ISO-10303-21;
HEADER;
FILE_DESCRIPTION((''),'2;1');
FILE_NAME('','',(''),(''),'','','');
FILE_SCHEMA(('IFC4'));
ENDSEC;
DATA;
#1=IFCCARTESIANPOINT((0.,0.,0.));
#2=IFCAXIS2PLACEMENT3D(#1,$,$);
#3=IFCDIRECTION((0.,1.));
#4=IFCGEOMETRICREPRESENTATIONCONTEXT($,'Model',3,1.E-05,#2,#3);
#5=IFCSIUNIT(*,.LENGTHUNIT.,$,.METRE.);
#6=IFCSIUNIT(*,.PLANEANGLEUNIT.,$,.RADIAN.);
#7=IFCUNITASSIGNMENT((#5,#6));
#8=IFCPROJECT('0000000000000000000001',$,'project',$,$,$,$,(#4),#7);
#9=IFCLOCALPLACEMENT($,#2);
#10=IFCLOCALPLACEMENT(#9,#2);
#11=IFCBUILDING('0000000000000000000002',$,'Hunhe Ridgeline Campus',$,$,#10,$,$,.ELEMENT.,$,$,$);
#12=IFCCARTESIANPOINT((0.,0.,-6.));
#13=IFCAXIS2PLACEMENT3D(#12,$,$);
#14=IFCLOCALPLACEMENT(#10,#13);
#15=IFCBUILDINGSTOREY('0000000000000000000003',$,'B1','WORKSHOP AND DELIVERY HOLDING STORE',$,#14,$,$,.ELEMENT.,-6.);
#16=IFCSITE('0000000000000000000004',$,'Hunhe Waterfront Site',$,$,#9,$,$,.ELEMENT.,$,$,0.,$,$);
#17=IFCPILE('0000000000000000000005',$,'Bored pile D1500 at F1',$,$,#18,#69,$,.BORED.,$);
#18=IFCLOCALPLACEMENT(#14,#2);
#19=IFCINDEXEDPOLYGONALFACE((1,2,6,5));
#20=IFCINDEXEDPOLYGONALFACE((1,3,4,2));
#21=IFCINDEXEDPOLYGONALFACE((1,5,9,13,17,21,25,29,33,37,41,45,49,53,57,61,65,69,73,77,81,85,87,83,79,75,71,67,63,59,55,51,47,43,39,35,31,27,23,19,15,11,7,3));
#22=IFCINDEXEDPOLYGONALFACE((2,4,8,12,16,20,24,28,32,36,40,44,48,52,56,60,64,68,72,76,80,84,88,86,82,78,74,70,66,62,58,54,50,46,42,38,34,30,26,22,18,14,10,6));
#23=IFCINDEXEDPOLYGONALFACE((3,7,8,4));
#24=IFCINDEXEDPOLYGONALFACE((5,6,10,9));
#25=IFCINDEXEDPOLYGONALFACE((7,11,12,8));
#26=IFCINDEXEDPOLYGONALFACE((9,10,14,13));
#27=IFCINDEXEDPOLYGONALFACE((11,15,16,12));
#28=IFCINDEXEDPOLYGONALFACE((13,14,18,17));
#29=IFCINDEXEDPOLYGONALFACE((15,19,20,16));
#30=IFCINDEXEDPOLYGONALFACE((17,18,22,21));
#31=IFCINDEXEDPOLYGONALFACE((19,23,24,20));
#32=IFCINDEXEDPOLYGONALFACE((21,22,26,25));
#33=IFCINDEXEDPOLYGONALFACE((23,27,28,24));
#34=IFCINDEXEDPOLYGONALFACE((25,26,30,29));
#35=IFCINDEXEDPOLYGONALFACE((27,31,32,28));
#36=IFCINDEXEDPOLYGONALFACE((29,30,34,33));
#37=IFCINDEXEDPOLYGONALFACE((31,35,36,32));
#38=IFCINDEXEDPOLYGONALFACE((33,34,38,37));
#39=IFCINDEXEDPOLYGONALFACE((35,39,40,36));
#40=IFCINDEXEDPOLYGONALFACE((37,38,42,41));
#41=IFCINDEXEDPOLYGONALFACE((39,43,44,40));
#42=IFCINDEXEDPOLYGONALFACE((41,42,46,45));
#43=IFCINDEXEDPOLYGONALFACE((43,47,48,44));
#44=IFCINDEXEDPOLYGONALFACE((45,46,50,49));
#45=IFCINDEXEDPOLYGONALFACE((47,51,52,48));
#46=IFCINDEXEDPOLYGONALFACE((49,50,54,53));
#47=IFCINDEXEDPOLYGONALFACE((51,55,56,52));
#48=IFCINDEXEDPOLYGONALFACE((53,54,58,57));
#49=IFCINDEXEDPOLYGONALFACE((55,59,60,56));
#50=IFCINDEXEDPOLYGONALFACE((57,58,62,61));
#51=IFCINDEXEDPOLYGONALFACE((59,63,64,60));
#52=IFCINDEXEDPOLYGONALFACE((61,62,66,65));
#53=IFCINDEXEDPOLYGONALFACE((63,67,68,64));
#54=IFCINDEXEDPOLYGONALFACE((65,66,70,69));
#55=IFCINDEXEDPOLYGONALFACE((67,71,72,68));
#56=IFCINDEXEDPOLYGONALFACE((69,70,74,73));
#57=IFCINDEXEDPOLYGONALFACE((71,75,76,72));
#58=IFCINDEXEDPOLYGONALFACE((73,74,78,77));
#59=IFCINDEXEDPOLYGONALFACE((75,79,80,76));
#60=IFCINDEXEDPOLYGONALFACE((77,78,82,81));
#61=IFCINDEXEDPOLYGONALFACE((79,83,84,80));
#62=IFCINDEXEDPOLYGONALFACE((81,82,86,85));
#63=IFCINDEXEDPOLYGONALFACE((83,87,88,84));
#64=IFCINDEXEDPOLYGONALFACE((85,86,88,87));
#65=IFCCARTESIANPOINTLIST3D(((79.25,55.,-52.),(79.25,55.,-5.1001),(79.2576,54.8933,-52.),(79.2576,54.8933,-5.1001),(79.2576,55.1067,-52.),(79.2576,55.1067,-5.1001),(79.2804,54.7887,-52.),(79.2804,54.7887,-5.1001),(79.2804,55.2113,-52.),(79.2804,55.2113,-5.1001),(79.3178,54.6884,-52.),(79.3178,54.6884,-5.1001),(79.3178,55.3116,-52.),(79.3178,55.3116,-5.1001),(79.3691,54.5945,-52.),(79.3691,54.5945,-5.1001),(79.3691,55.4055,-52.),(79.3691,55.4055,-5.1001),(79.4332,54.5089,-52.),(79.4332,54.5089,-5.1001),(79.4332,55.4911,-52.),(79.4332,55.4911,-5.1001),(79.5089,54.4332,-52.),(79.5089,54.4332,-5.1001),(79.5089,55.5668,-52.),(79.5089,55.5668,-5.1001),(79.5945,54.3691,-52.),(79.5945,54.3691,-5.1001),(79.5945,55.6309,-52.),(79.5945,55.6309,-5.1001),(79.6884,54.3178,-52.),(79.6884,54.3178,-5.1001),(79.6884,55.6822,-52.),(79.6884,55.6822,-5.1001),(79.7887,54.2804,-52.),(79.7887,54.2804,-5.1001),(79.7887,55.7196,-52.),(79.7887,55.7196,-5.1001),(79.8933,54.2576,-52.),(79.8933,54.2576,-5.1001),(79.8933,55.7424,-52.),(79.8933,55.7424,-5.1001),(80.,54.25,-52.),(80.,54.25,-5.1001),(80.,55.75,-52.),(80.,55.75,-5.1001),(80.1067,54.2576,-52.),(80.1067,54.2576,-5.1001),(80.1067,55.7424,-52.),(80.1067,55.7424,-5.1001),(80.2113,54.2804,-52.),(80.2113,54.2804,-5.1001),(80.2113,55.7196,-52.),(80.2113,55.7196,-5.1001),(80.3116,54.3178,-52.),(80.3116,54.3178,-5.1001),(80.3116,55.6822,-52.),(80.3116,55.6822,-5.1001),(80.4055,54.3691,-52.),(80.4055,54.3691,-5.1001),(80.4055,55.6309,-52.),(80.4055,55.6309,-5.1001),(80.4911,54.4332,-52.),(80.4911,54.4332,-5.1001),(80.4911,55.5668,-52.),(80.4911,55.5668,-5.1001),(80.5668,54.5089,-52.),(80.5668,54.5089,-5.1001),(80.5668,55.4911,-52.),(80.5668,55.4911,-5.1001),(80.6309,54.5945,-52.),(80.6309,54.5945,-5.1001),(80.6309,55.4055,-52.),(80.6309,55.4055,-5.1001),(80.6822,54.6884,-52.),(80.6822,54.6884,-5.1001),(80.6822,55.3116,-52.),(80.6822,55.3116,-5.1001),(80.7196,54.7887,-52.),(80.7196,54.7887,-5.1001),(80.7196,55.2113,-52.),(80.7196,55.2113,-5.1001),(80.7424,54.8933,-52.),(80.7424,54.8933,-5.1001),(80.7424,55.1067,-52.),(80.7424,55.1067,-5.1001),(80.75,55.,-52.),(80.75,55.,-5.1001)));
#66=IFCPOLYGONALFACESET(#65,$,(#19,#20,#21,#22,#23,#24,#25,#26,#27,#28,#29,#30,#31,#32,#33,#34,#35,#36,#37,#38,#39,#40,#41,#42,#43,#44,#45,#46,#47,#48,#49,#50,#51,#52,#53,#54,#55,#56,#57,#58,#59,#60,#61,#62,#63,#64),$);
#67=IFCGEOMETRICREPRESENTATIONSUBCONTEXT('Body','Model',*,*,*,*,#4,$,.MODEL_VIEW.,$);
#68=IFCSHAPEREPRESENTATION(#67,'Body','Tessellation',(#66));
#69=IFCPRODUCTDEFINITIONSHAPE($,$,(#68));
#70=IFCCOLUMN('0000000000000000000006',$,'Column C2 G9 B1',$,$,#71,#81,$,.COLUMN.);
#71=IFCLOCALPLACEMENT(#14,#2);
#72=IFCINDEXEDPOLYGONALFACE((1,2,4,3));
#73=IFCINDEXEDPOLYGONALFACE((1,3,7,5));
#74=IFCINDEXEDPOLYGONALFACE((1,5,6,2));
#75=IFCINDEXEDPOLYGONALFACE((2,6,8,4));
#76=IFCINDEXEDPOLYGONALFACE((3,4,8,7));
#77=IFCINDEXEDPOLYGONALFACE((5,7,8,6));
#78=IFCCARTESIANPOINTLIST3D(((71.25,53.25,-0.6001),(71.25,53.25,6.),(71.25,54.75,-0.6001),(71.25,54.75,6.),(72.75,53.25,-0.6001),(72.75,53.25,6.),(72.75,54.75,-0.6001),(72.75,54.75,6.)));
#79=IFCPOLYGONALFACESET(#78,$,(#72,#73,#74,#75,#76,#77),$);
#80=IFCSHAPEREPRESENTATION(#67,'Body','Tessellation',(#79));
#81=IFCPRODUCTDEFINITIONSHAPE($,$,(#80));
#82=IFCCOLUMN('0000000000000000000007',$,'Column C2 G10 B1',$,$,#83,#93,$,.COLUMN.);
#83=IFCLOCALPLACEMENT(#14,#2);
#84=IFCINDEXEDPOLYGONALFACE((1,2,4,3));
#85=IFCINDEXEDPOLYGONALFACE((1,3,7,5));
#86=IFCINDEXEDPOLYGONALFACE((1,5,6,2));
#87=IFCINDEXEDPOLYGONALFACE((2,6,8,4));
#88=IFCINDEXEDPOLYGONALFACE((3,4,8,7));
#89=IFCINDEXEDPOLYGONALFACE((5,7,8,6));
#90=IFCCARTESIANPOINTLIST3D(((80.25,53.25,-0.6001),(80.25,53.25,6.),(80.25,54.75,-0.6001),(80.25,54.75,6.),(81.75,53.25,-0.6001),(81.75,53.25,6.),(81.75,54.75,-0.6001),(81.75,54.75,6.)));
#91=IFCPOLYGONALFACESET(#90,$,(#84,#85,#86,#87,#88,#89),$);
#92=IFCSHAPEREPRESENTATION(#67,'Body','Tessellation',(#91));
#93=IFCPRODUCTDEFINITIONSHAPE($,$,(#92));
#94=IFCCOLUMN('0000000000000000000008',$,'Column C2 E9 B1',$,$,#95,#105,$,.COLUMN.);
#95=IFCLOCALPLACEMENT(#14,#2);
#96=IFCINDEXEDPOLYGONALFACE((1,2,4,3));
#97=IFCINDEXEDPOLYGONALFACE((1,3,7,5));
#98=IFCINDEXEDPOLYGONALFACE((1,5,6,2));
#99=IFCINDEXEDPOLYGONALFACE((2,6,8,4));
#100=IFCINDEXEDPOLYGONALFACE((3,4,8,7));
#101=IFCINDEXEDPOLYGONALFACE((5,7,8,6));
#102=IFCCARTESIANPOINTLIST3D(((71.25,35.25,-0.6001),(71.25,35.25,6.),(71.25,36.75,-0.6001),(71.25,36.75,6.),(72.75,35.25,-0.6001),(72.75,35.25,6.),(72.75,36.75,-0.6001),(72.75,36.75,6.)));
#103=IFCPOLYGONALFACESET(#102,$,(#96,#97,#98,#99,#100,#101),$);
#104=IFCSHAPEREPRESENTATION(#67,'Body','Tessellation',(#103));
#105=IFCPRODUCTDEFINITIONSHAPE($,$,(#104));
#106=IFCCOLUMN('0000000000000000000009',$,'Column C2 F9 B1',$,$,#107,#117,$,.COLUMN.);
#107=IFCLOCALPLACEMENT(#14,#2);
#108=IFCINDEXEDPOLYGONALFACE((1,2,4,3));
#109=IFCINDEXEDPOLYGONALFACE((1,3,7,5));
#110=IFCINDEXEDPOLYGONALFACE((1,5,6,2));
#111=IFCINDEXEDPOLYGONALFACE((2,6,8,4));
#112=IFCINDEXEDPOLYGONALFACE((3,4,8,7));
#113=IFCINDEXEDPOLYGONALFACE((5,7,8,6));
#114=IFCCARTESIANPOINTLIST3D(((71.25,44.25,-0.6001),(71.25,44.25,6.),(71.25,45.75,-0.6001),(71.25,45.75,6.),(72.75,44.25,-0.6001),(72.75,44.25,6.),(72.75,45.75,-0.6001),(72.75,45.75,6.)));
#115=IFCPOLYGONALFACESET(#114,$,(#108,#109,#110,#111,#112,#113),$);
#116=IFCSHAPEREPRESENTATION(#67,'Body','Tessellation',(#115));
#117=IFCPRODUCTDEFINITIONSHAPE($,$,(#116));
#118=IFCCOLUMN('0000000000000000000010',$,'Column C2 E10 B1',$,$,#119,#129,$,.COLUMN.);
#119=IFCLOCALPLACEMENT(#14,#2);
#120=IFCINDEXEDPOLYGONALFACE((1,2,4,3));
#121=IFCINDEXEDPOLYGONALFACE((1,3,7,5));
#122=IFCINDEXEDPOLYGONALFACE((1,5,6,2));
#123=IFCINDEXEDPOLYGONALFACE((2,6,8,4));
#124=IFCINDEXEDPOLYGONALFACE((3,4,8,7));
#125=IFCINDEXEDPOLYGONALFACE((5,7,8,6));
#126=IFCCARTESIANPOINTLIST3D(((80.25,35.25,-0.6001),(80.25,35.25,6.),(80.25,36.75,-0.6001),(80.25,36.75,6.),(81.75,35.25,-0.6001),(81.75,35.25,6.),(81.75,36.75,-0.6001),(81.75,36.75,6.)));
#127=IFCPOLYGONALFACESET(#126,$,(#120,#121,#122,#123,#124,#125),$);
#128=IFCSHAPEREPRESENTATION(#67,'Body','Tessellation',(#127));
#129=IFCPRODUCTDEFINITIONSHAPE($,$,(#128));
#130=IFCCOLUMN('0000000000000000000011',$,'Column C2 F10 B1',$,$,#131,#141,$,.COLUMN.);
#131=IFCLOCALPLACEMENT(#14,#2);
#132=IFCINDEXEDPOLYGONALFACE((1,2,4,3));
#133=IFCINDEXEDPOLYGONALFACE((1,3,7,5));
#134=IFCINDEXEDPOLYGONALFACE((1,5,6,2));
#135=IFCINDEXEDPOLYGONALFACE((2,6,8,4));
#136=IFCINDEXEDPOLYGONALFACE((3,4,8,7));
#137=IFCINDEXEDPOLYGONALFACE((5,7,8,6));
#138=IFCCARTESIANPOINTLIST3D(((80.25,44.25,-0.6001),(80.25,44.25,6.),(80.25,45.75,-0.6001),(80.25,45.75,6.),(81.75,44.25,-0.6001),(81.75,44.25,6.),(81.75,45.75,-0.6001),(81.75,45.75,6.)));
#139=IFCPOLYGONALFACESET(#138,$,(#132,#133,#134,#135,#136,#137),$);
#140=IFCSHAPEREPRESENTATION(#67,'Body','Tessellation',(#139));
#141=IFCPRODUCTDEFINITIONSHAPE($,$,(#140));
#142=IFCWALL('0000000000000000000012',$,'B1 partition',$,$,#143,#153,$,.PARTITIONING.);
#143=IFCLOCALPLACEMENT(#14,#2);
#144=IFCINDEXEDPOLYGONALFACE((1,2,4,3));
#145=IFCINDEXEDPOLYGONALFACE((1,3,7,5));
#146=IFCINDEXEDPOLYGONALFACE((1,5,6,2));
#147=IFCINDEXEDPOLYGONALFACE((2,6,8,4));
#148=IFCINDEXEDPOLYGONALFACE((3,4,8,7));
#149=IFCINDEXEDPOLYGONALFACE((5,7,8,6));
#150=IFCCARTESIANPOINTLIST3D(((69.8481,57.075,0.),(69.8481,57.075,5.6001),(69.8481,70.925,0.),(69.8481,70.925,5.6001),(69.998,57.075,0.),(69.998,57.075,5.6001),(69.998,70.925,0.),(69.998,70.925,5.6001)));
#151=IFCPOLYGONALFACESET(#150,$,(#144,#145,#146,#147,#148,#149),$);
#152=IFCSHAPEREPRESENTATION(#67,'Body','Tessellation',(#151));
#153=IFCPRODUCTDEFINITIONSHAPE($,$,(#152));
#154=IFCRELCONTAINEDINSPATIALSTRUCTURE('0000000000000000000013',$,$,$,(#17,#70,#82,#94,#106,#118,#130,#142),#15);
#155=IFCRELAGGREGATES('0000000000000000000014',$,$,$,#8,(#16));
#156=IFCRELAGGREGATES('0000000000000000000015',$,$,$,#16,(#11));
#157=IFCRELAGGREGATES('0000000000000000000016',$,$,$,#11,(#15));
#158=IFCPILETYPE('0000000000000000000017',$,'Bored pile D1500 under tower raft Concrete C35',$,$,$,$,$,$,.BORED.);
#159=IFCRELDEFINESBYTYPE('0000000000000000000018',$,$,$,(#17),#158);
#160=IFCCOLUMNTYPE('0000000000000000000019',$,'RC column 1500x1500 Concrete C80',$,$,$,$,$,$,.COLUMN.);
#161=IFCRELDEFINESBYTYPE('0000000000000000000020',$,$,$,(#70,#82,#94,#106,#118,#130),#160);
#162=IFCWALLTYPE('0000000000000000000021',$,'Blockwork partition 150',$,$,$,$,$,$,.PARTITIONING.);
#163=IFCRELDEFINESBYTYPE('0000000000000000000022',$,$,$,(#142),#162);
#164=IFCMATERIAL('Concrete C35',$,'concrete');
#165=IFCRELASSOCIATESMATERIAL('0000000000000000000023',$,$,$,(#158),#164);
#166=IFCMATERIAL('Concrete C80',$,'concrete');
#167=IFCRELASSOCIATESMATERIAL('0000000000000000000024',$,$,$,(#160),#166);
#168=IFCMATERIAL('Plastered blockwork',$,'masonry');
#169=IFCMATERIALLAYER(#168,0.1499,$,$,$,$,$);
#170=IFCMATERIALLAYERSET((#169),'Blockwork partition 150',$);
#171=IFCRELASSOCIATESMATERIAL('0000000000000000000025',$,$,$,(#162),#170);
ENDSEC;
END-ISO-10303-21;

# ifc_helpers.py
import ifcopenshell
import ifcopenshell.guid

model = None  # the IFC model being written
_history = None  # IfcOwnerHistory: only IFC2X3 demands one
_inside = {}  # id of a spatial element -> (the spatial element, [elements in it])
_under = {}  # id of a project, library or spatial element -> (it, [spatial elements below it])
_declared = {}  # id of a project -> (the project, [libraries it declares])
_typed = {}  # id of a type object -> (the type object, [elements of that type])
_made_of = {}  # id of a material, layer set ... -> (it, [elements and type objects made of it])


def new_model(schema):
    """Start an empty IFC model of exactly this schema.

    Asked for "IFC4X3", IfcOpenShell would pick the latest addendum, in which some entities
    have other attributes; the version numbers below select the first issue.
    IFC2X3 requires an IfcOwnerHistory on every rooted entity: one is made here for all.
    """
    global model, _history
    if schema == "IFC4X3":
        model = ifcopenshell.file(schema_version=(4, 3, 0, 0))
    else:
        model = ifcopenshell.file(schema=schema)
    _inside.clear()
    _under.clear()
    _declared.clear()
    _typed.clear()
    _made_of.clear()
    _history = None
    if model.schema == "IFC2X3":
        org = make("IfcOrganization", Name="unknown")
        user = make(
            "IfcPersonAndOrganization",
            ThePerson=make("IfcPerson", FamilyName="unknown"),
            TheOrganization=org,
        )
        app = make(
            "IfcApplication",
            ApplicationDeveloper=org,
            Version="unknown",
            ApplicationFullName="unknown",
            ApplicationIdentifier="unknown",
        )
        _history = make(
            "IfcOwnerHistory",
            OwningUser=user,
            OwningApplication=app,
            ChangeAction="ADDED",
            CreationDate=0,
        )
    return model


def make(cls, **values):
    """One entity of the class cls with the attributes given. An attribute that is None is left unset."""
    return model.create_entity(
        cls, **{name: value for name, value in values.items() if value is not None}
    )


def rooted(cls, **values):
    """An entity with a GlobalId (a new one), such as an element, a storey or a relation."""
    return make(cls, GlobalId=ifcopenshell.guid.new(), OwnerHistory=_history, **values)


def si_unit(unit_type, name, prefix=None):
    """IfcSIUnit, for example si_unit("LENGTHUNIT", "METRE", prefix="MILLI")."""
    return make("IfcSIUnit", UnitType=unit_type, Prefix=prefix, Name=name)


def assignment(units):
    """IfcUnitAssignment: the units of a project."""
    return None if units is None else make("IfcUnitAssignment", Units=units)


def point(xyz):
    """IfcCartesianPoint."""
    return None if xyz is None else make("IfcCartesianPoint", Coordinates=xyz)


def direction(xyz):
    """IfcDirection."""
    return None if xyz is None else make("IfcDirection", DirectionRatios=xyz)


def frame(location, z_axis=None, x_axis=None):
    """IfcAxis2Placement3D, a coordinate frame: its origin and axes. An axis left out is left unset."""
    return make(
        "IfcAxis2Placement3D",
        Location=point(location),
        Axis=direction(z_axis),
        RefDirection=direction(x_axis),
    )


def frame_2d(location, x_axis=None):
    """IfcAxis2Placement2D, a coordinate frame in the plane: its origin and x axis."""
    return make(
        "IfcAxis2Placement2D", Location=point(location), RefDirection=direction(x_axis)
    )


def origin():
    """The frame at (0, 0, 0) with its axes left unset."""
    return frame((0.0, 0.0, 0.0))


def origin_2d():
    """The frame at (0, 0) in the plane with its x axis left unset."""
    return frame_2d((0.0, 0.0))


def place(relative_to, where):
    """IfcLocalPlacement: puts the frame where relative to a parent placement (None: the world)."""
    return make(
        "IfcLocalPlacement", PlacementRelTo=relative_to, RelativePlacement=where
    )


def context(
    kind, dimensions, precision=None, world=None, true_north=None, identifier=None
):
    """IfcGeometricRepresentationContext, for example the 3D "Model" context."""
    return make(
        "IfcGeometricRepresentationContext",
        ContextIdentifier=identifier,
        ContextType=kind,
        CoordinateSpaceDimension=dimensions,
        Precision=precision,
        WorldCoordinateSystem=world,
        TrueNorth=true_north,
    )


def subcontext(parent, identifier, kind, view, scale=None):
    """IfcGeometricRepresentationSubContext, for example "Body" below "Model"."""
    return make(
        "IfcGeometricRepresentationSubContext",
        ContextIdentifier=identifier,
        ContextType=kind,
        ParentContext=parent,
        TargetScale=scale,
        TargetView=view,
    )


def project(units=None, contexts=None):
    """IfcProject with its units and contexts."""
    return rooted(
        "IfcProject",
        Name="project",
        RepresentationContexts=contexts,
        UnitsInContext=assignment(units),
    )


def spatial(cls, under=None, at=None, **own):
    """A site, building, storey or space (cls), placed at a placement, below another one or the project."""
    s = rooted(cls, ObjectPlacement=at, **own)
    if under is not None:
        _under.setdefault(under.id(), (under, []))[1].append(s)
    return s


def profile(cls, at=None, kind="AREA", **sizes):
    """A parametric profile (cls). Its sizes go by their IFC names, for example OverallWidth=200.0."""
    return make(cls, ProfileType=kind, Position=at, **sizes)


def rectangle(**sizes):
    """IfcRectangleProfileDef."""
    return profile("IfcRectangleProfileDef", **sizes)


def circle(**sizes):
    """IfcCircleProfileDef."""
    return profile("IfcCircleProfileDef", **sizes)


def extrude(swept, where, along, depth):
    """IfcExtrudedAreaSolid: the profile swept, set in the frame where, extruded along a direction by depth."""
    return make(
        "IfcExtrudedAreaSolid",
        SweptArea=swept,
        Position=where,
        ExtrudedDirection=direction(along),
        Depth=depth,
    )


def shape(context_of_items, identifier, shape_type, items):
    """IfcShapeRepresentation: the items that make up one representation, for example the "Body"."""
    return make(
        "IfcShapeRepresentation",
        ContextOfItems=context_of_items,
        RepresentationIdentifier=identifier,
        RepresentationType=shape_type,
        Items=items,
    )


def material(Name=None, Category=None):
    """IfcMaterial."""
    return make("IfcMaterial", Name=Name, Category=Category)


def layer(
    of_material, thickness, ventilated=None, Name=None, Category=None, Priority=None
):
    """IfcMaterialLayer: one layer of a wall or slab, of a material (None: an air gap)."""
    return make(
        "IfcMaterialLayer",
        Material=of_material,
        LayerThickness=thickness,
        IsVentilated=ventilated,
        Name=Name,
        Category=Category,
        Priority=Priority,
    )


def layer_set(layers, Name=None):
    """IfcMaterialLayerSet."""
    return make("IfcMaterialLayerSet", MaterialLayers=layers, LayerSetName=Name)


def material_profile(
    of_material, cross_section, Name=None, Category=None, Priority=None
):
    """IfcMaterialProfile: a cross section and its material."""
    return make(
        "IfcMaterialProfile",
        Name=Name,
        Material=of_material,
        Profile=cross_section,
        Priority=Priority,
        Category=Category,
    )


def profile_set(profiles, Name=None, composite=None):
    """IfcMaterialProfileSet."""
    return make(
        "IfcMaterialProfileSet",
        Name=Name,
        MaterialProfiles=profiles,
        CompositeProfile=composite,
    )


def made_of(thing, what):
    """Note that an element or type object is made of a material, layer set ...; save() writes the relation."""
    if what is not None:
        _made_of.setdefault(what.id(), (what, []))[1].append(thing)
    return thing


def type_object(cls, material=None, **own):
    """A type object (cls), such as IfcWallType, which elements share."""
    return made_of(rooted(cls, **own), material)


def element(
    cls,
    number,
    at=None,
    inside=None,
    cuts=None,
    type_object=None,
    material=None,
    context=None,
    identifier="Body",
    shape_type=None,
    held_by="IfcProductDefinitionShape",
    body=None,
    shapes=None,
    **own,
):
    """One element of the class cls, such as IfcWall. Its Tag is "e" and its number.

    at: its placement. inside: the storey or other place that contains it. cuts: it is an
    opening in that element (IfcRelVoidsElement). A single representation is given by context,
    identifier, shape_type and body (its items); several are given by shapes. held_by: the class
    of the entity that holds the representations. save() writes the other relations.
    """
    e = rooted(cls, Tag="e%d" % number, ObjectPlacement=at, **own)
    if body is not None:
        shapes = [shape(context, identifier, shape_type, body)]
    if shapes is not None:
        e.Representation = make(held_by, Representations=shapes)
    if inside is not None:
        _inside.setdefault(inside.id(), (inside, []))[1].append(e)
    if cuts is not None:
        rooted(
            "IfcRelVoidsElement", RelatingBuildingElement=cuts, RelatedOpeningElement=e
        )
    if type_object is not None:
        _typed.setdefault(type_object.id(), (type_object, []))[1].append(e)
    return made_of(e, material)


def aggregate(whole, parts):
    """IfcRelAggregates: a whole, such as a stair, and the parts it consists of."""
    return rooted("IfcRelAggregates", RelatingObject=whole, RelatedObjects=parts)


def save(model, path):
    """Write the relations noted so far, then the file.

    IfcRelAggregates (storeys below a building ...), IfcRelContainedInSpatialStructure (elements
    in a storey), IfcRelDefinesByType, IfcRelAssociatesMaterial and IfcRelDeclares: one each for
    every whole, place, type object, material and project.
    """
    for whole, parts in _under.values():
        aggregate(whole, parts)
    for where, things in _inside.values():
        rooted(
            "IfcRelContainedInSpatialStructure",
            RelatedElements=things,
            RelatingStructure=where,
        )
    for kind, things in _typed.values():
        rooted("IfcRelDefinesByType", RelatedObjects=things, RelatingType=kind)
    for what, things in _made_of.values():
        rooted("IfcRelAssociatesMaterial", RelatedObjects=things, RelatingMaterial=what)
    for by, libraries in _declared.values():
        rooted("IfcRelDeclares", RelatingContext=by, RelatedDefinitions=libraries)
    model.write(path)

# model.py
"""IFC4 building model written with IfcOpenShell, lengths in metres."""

from ifc_helpers import new_model, si_unit, direction, frame, frame_2d, origin, origin_2d, place, context, subcontext, project, spatial, rectangle, circle, extrude, material, layer, layer_set, material_profile, profile_set, type_object, element, save


model = new_model("IFC4")

# Units and contexts
model_context = context("Model", 3, precision=1e-05, world=origin(), true_north=direction((0.0, 1.0)))
body_context = subcontext(model_context, "Body", "Model", "MODEL_VIEW")
ifc_project = project(units=[si_unit("LENGTHUNIT", "METRE"), si_unit("PLANEANGLEUNIT", "RADIAN")], contexts=[model_context])

# Site, building, storey
site_placement = place(None, origin())
site = spatial("IfcSite", under=ifc_project, at=site_placement, Name="Hunhe Waterfront Site", CompositionType="ELEMENT", RefElevation=0.0)
building_placement = place(site_placement, origin())
building = spatial("IfcBuilding", under=site, at=building_placement, Name="Hunhe Ridgeline Campus", CompositionType="ELEMENT")
storey_placement = place(building_placement, frame((0.0, 0.0, -6.0)))
storey = spatial("IfcBuildingStorey", under=building, at=storey_placement, Name="B1", Description="WORKSHOP AND DELIVERY HOLDING STORE", CompositionType="ELEMENT", Elevation=-6.0)

# Pile
ifc_material_1 = material(Name="Concrete C35", Category="concrete")
ifc_material_profile_1 = material_profile(ifc_material_1, circle(Radius=0.75, at=origin_2d()))
ifc_profile_set_1 = profile_set([ifc_material_profile_1], Name="Concrete C35")
pile_type_1 = type_object("IfcPileType", Name="Bored pile D1500 under tower raft Concrete C35", PredefinedType="BORED", material=ifc_profile_set_1)
for number, where, z_axis, x_axis, name in (
    (1, (80.0, 55.0, -5.1001), (0.0, 0.0, -1.0), (1.0, 0.0, 0.0), "Bored pile D1500 at F1"),
):
    element("IfcPile", number, at=place(storey_placement, frame(where, z_axis=z_axis, x_axis=x_axis)), inside=storey, type_object=pile_type_1, Name=name, PredefinedType="BORED", context=body_context, shape_type="SweptSolid", body=[
        extrude(circle(Radius=0.75, at=origin_2d()), origin(), (0.0, 0.0, 1.0), 46.8999),
    ])

# Columns
ifc_material_2 = material(Name="Concrete C80", Category="concrete")
ifc_material_profile_2 = material_profile(ifc_material_2, rectangle(XDim=1.5, YDim=1.5, at=origin_2d()))
ifc_profile_set_2 = profile_set([ifc_material_profile_2], Name="Concrete C80")
column_type = type_object("IfcColumnType", Name="RC column 1500x1500 Concrete C80", PredefinedType="COLUMN", material=ifc_profile_set_2)
for number, where, z_axis, x_axis, name in (
    (2, (72.0, 54.0, -0.6001), (0.0, 0.0, 1.0), (1.0, 0.0, 0.0), "Column C2 G9 B1"),
    (3, (81.0, 54.0, -0.6001), (0.0, 0.0, 1.0), (1.0, 0.0, 0.0), "Column C2 G10 B1"),
    (4, (72.0, 36.0, -0.6001), (0.0, 0.0, 1.0), (1.0, 0.0, 0.0), "Column C2 E9 B1"),
    (5, (72.0, 45.0, -0.6001), (0.0, 0.0, 1.0), (1.0, 0.0, 0.0), "Column C2 F9 B1"),
    (6, (81.0, 36.0, -0.6001), (0.0, 0.0, 1.0), (1.0, 0.0, 0.0), "Column C2 E10 B1"),
    (7, (81.0, 45.0, -0.6001), (0.0, 0.0, 1.0), (1.0, 0.0, 0.0), "Column C2 F10 B1"),
):
    element("IfcColumn", number, at=place(storey_placement, frame(where, z_axis=z_axis, x_axis=x_axis)), inside=storey, type_object=column_type, Name=name, PredefinedType="COLUMN", context=body_context, shape_type="SweptSolid", body=[
        extrude(rectangle(XDim=1.5, YDim=1.5, at=origin_2d()), origin(), (0.0, 0.0, 1.0), 6.6001),
    ])

# Wall
ifc_material_3 = material(Name="Plastered blockwork", Category="masonry")
ifc_layer = layer(ifc_material_3, 0.1499)
ifc_layer_set = layer_set([ifc_layer], Name="Blockwork partition 150")
wall_type = type_object("IfcWallType", Name="Blockwork partition 150", PredefinedType="PARTITIONING", material=ifc_layer_set)
wall_placement = place(storey_placement, frame((69.9231, 57.075, 0.0), z_axis=(0.0, 0.0, 1.0), x_axis=(0.0, 1.0, 0.0)))
element("IfcWall", 8, at=wall_placement, inside=storey, type_object=wall_type, Name="B1 partition", PredefinedType="PARTITIONING", context=body_context, shape_type="SweptSolid", body=[
    extrude(rectangle(XDim=13.8501, YDim=0.1499, at=frame_2d((6.925, 0.0))), origin(), (0.0, 0.0, 1.0), 5.6001),
])

save(model, "model.ifc")
